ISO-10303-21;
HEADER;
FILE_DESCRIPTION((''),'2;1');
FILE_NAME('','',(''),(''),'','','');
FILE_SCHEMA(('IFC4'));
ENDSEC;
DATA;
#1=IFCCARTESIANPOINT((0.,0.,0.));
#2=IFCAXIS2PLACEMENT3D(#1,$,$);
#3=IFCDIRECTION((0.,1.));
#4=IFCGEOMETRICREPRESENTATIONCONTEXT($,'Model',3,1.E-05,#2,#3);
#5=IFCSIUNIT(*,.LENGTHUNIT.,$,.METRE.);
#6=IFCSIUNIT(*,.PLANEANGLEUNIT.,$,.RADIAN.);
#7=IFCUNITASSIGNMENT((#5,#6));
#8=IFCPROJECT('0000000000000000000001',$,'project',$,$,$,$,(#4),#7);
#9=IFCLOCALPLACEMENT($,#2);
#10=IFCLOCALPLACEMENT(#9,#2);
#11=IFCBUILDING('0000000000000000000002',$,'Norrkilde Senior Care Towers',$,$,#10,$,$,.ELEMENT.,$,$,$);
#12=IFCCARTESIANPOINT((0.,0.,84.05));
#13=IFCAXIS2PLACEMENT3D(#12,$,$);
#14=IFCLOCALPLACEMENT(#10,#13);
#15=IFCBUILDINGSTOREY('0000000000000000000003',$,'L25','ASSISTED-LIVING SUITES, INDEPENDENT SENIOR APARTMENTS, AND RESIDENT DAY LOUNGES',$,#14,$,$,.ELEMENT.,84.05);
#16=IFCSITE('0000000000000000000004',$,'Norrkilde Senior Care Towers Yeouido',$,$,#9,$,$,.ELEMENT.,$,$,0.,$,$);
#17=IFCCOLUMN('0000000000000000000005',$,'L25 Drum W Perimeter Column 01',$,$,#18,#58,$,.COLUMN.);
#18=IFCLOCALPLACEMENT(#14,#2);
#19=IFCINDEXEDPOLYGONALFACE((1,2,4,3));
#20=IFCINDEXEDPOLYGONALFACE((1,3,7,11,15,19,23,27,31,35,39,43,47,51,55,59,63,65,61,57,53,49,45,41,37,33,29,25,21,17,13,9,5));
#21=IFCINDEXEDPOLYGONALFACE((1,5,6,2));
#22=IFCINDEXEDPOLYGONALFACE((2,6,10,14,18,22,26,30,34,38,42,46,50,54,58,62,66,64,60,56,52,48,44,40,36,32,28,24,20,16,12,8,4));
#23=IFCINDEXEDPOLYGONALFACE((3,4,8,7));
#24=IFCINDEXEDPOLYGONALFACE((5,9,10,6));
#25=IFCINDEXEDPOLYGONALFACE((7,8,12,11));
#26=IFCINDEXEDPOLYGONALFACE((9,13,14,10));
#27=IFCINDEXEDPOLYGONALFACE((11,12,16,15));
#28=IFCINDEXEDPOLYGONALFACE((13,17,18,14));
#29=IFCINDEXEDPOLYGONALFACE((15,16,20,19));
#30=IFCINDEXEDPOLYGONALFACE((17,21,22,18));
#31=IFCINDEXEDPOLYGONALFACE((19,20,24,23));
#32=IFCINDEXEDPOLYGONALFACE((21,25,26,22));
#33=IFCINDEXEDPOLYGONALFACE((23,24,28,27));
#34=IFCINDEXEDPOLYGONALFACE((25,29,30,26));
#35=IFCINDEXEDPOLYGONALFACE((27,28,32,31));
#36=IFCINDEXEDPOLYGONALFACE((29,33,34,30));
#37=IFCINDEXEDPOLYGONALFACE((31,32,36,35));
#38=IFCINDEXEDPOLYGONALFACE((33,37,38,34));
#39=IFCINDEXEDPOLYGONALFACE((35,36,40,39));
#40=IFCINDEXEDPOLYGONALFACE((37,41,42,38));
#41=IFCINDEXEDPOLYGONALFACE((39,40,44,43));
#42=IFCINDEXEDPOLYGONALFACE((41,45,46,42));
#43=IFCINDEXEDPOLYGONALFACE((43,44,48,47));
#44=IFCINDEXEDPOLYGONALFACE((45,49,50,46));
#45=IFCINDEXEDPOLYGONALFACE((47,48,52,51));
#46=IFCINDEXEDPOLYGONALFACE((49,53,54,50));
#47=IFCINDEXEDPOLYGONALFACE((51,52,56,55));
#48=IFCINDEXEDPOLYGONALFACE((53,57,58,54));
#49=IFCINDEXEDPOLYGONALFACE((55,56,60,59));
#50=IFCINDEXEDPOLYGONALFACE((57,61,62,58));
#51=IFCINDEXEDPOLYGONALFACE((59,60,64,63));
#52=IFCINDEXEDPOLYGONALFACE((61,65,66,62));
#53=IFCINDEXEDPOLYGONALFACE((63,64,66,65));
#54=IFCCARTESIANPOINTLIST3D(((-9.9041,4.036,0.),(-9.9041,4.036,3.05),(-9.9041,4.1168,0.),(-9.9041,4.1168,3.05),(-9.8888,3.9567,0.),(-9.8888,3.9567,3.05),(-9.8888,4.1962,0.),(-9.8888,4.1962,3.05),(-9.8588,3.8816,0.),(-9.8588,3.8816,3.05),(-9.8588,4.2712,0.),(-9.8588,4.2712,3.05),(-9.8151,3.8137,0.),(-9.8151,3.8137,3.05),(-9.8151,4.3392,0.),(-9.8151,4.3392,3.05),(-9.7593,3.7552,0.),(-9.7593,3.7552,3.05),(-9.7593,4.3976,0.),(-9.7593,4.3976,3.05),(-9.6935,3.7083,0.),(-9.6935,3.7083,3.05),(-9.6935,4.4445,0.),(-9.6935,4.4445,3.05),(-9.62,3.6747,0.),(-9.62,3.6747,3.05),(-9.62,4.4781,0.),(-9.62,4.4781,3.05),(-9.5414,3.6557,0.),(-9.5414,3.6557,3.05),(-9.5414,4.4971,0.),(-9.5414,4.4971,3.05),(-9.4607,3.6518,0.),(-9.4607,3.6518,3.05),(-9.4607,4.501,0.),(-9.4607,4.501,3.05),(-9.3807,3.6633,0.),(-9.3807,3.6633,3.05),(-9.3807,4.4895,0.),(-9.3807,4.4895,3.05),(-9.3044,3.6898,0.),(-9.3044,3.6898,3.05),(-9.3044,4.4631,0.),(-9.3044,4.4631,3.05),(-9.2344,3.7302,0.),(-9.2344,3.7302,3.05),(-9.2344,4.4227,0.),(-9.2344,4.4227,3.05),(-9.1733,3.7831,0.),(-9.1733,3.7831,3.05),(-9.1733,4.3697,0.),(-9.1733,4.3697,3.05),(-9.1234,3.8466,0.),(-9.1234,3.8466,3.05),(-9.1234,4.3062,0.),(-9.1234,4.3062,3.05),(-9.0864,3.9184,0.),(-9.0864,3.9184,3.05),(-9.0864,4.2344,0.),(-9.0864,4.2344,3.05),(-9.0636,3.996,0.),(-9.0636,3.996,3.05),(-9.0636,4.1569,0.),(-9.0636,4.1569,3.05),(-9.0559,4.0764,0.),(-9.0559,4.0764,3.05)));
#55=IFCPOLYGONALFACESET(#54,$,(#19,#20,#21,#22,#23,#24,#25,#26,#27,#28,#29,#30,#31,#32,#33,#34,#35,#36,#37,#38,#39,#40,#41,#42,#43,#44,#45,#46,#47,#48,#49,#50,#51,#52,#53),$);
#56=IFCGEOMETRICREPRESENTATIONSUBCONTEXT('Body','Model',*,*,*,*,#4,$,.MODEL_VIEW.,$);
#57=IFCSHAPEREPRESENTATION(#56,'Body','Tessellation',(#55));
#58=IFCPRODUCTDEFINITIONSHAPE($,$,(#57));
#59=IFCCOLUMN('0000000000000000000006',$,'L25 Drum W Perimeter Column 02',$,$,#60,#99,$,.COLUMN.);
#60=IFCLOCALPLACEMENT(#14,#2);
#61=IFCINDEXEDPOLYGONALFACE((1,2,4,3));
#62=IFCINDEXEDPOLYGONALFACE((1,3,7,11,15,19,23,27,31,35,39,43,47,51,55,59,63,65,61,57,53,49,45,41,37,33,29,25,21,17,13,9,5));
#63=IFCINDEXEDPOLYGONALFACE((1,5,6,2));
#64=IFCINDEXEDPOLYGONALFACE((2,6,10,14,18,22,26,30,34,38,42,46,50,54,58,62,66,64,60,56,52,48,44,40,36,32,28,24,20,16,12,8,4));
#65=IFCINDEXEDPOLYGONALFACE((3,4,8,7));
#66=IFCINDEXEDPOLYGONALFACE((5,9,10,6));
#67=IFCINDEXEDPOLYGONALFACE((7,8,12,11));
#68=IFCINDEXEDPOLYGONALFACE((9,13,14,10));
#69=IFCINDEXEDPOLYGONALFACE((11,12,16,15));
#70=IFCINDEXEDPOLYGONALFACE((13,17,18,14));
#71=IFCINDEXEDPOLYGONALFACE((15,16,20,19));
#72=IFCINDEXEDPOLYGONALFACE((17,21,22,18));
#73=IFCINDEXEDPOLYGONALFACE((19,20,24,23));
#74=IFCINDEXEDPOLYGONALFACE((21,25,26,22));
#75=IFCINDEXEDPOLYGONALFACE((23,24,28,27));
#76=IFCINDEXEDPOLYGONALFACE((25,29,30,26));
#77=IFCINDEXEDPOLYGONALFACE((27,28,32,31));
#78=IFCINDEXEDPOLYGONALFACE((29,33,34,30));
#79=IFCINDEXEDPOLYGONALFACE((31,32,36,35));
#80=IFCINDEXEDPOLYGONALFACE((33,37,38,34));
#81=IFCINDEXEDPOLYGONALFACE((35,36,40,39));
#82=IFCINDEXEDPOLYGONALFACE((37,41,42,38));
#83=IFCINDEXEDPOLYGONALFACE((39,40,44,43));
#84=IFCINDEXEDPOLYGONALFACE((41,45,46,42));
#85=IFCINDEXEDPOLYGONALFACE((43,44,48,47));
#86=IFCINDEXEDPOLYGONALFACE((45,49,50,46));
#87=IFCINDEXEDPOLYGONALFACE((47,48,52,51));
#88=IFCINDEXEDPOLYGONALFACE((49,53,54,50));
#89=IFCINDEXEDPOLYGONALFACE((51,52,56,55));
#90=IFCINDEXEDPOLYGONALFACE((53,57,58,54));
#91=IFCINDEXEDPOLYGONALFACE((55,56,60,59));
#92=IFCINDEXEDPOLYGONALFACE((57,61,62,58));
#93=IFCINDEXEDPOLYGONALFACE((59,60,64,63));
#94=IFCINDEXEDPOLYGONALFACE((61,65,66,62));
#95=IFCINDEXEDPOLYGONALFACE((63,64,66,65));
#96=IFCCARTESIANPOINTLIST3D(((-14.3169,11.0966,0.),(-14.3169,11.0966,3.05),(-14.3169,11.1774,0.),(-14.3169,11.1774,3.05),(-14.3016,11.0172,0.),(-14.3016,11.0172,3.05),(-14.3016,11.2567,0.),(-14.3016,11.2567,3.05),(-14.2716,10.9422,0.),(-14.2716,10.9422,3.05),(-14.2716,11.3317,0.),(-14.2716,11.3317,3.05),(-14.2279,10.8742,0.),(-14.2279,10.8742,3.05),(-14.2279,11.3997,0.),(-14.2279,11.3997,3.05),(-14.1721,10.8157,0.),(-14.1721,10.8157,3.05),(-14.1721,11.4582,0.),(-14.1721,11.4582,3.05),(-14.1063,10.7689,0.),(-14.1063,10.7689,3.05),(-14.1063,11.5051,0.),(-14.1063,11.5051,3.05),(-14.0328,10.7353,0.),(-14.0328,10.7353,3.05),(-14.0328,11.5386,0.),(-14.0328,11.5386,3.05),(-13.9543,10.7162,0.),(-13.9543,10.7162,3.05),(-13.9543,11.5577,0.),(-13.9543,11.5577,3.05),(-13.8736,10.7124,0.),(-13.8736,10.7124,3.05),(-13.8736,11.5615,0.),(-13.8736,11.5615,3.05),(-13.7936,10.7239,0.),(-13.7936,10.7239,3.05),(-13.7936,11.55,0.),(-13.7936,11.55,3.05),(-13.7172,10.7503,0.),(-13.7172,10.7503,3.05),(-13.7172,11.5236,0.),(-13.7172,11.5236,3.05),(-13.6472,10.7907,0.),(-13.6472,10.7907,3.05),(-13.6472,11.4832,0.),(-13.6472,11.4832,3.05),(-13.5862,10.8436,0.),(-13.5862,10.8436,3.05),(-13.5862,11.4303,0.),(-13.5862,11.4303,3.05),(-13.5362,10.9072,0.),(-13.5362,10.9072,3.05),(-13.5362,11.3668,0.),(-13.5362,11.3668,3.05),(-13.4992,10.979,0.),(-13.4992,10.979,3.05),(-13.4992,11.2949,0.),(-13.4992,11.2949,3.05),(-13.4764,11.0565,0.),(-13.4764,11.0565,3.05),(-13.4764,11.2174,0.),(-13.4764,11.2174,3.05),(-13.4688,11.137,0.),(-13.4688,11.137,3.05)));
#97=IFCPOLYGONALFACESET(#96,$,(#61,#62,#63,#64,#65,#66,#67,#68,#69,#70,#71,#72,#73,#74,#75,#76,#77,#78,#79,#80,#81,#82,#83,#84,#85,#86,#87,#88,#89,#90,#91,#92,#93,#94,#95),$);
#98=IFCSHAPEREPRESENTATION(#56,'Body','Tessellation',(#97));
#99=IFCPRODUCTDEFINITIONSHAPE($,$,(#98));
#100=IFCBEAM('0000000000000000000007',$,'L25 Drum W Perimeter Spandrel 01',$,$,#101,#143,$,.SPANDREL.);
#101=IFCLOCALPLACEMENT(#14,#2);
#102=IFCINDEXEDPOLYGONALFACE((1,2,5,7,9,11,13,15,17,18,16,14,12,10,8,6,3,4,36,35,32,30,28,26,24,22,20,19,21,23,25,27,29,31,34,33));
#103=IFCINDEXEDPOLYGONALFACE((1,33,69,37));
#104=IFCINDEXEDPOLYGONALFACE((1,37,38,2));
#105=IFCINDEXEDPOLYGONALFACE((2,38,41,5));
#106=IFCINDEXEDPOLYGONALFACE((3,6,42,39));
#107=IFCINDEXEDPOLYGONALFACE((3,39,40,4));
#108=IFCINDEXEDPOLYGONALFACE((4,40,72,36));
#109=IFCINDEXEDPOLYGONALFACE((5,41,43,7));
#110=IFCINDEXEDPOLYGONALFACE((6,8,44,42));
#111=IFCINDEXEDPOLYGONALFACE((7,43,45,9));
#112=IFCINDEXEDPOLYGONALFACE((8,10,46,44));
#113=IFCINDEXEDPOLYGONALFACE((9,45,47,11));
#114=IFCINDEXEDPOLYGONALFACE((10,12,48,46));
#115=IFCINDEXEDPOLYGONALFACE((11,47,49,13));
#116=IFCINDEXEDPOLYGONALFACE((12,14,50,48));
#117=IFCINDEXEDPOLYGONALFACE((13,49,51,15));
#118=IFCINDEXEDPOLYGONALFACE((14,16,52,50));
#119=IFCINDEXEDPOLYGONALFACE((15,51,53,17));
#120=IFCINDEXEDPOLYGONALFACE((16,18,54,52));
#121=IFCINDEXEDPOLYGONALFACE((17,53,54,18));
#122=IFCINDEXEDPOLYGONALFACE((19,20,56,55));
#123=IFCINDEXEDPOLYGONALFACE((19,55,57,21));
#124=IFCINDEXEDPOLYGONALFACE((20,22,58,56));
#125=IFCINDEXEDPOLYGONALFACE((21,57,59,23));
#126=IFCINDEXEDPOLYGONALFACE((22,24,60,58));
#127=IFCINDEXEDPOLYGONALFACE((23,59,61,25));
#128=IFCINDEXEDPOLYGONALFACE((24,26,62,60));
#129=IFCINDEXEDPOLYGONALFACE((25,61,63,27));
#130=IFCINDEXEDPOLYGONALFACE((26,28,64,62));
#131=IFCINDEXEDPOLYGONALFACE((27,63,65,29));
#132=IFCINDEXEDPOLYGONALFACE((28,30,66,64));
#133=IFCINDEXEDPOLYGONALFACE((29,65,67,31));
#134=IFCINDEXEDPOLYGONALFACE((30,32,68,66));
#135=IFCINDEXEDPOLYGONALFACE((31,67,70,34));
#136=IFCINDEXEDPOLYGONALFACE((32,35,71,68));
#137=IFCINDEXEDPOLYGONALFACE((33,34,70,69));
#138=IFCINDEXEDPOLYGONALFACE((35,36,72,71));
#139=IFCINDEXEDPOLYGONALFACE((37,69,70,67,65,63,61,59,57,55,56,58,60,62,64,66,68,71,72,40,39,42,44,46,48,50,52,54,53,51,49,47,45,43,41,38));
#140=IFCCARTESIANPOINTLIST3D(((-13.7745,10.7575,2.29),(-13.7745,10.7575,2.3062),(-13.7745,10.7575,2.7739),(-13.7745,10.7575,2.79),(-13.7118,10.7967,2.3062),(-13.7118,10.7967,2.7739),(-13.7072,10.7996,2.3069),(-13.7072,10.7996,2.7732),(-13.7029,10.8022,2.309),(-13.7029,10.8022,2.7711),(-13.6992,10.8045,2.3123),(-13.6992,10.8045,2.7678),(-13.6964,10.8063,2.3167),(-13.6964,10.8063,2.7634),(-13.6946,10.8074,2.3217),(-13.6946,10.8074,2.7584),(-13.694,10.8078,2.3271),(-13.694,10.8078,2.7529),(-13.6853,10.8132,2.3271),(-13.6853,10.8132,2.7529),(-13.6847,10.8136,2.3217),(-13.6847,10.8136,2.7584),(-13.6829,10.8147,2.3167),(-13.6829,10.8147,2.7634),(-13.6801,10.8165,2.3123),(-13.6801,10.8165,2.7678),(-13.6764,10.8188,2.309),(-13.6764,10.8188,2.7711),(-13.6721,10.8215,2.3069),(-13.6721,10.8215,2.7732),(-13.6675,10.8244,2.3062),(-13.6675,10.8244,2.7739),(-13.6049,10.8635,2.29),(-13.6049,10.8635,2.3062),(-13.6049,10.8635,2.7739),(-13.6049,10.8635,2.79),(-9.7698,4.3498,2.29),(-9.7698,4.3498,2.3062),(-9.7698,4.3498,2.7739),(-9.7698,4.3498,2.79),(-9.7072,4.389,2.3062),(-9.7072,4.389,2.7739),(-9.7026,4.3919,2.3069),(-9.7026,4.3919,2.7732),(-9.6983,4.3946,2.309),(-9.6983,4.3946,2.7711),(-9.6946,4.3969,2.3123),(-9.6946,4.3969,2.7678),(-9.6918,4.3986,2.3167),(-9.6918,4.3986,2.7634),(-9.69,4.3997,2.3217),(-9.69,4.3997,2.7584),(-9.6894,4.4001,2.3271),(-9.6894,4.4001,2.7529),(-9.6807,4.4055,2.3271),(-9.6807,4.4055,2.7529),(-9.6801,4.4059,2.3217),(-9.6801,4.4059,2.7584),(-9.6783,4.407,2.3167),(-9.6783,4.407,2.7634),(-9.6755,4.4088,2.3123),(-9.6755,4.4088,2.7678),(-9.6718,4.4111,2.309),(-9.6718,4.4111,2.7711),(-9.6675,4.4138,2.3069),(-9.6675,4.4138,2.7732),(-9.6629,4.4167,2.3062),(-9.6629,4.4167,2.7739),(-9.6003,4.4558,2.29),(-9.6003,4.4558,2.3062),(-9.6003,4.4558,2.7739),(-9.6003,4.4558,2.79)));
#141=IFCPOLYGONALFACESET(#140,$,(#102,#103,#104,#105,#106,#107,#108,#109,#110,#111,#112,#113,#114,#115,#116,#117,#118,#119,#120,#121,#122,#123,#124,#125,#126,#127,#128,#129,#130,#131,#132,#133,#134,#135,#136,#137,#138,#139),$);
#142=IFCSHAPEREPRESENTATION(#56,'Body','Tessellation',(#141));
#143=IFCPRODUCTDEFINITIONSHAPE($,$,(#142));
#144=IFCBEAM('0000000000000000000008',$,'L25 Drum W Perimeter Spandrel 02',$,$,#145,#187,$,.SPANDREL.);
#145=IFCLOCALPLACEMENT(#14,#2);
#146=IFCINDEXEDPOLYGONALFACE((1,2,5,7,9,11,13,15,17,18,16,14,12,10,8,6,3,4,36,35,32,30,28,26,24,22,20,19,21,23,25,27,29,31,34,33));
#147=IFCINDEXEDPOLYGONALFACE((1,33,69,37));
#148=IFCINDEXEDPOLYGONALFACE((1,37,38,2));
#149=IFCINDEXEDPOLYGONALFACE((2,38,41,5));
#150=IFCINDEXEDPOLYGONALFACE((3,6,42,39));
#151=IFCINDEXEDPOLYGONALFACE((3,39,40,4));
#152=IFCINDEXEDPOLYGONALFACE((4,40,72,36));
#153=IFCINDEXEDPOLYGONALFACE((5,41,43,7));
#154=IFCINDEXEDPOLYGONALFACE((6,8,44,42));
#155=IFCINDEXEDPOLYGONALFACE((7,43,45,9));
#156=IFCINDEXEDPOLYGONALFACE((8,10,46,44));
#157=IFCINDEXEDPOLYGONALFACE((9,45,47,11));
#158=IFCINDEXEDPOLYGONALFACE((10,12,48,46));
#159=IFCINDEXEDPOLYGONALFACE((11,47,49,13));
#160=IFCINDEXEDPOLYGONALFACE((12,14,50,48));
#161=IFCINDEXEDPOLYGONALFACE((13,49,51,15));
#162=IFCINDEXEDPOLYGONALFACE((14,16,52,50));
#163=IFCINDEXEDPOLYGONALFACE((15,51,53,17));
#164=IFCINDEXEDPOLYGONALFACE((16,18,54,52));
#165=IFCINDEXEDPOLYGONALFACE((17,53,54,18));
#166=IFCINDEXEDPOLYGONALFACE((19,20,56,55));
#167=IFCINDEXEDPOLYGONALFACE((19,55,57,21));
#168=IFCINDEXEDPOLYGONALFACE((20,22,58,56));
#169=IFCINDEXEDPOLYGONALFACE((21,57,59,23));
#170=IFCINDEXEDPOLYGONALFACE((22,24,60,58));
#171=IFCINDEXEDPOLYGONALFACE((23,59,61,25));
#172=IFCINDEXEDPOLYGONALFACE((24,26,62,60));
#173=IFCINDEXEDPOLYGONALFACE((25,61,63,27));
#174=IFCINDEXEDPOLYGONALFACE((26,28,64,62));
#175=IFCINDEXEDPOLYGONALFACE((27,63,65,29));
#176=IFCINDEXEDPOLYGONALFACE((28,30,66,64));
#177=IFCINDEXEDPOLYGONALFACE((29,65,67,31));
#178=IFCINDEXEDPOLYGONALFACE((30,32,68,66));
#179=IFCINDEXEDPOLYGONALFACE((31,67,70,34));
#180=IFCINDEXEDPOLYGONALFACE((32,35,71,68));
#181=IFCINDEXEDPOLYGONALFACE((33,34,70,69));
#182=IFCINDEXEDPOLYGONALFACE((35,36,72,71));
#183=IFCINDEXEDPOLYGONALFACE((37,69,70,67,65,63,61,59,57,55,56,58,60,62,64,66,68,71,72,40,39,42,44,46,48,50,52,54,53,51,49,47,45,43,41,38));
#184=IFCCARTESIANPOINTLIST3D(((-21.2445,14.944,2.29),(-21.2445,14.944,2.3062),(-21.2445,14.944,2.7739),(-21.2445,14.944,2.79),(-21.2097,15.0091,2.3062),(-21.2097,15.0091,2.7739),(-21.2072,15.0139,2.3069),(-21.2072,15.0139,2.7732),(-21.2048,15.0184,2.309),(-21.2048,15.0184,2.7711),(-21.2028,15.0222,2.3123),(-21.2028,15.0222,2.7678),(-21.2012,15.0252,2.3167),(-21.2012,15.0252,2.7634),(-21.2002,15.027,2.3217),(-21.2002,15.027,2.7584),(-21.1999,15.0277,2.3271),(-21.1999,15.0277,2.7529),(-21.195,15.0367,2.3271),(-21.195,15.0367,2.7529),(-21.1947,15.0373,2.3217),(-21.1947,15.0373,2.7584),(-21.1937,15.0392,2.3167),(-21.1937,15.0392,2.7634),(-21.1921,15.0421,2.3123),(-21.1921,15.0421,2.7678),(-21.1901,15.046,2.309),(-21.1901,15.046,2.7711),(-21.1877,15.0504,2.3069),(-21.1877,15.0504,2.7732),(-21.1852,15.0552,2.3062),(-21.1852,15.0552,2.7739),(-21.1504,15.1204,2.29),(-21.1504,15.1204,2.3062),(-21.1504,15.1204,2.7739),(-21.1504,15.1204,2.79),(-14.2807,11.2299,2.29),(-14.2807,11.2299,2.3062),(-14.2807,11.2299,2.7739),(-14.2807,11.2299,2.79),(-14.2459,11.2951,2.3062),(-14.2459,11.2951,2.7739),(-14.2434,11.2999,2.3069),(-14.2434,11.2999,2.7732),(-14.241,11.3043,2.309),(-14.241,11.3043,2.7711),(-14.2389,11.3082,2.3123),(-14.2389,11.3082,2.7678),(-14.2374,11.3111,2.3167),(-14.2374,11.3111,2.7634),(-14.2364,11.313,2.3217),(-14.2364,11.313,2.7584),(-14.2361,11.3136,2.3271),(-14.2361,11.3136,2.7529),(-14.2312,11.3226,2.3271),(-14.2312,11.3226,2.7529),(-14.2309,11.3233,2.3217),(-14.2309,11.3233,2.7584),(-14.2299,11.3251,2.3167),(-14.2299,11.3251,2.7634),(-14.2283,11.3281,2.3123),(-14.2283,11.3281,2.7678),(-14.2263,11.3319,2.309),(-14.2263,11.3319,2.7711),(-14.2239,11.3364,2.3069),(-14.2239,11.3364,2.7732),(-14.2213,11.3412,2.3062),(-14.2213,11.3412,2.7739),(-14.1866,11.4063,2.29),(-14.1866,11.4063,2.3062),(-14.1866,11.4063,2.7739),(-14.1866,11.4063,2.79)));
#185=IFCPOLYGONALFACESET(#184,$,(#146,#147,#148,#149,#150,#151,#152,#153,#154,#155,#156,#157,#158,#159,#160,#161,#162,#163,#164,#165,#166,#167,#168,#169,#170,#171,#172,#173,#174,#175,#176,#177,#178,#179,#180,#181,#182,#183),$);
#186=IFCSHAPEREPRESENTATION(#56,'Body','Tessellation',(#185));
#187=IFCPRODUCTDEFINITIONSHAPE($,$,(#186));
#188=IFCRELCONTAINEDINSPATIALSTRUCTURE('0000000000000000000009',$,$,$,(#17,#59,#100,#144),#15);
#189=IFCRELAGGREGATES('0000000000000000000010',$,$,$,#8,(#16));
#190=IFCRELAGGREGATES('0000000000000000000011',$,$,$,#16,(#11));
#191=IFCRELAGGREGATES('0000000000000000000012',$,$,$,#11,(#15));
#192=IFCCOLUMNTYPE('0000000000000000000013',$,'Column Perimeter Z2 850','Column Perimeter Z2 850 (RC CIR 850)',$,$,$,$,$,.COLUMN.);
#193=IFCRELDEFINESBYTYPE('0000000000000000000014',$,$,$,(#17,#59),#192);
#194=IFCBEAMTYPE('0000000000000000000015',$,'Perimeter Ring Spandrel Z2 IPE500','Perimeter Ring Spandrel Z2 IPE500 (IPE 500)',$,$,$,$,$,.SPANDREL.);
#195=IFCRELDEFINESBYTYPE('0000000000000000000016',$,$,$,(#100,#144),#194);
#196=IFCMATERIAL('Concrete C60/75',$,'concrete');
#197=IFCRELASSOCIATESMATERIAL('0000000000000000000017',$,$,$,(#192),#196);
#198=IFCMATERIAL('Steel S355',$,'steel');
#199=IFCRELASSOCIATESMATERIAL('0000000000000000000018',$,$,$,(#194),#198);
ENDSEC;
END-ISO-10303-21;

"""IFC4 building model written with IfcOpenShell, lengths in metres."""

from ifc_helpers import new_model, si_unit, direction, frame, origin, origin_2d, place, context, subcontext, project, spatial, circle, i_section, extrude, source, transform, mapped, material, material_profile, profile_set, type_object, type_shapes, element, save


model = new_model("IFC4")

# Units and contexts
model_context = context("Model", 3, precision=1e-05, world=origin(), true_north=direction((0.0, 1.0)))
body_context = subcontext(model_context, "Body", "Model", "MODEL_VIEW")
ifc_project = project(units=[si_unit("LENGTHUNIT", "METRE"), si_unit("PLANEANGLEUNIT", "RADIAN")], contexts=[model_context])

# Site, building, storey
site_placement = place(None, origin())
site = spatial("IfcSite", under=ifc_project, at=site_placement, Name="Norrkilde Senior Care Towers Yeouido", CompositionType="ELEMENT", RefElevation=0.0)
building_placement = place(site_placement, origin())
building = spatial("IfcBuilding", under=site, at=building_placement, Name="Norrkilde Senior Care Towers", CompositionType="ELEMENT")
storey_placement = place(building_placement, frame((0.0, 0.0, 84.05)))
storey = spatial("IfcBuildingStorey", under=building, at=storey_placement, Name="L25", Description="ASSISTED-LIVING SUITES, INDEPENDENT SENIOR APARTMENTS, AND RESIDENT DAY LOUNGES", CompositionType="ELEMENT", Elevation=84.05)

# Columns
ifc_material_1 = material(Name="Concrete C60/75", Category="concrete")
ifc_material_profile_1 = material_profile(ifc_material_1, circle(Radius=0.425, at=origin_2d()), Name="RC CIR 850")
ifc_profile_set_1 = profile_set([ifc_material_profile_1], Name="Concrete C60/75")
column_type = type_object("IfcColumnType", Name="Column Perimeter Z2 850", Description="Column Perimeter Z2 850 (RC CIR 850)", PredefinedType="COLUMN", material=ifc_profile_set_1)
shared_shape_1 = source(origin(), body_context, "Body", "SweptSolid", [
    extrude(circle(Radius=0.425, at=origin_2d()), origin(), (0.0, 0.0, 1.0), 3.05),
])
type_shapes(column_type, [shared_shape_1])
for number, where, z_axis, x_axis, name in (
    (1, (-9.481, 4.0764, 0.0), (0.0, 0.0, 1.0), (1.0, 0.0, 0.0), "L25 Drum W Perimeter Column 01"),
    (2, (-13.8938, 11.137, 0.0), (0.0, 0.0, 1.0), (1.0, 0.0, 0.0), "L25 Drum W Perimeter Column 02"),
):
    element("IfcColumn", number, at=place(storey_placement, frame(where, z_axis=z_axis, x_axis=x_axis)), inside=storey, type_object=column_type, Name=name, PredefinedType="COLUMN", context=body_context, shape_type="MappedRepresentation", body=[
        mapped(shared_shape_1, transform((0.0, 0.0, 0.0), x_axis=(1.0, 0.0, 0.0), y_axis=(0.0, 1.0, 0.0), z_axis=(0.0, 0.0, 1.0), scale=1.0)),
    ])

# Beams
ifc_material_2 = material(Name="Steel S355", Category="steel")
ifc_material_profile_2 = material_profile(ifc_material_2, i_section(OverallWidth=0.2, OverallDepth=0.5, WebThickness=0.0103, FlangeThickness=0.0161, FilletRadius=0.021, at=origin_2d()), Name="IPE 500")
ifc_profile_set_2 = profile_set([ifc_material_profile_2], Name="Steel S355")
beam_type_1 = type_object("IfcBeamType", Name="Perimeter Ring Spandrel Z2 IPE500", Description="Perimeter Ring Spandrel Z2 IPE500 (IPE 500)", PredefinedType="SPANDREL", material=ifc_profile_set_2)
shared_shape_2 = source(origin(), body_context, "Body", "SweptSolid", [
    extrude(i_section(OverallWidth=0.2, OverallDepth=0.5, WebThickness=0.0103, FlangeThickness=0.0161, FilletRadius=0.021, at=origin_2d()), origin(), (0.0, 0.0, 1.0), 7.5562),
])
beam_1_placement = place(storey_placement, frame((-9.6851, 4.4028, 2.54), z_axis=(-0.529982, 0.848009, 0.0), x_axis=(-0.848009, -0.529982, 0.0)))
element("IfcBeam", 3, at=beam_1_placement, inside=storey, type_object=beam_type_1, Name="L25 Drum W Perimeter Spandrel 01", PredefinedType="SPANDREL", context=body_context, shape_type="MappedRepresentation", body=[
    mapped(shared_shape_2, transform((0.0, 0.0, 0.0), x_axis=(1.0, 0.0, 0.0), y_axis=(0.0, 1.0, 0.0), z_axis=(0.0, 0.0, 1.0), scale=1.0)),
])
shared_shape_3 = source(origin(), body_context, "Body", "SweptSolid", [
    extrude(i_section(OverallWidth=0.2, OverallDepth=0.5, WebThickness=0.0103, FlangeThickness=0.0161, FilletRadius=0.021, at=origin_2d()), origin(), (0.0, 0.0, 1.0), 7.8923),
])
type_shapes(beam_type_1, [shared_shape_2, shared_shape_3])
beam_2_placement = place(storey_placement, frame((-14.2336, 11.3181, 2.54), z_axis=(-0.88235, 0.470593, 0.0), x_axis=(-0.470593, -0.88235, 0.0)))
element("IfcBeam", 4, at=beam_2_placement, inside=storey, type_object=beam_type_1, Name="L25 Drum W Perimeter Spandrel 02", PredefinedType="SPANDREL", context=body_context, shape_type="MappedRepresentation", body=[
    mapped(shared_shape_3, transform((0.0, 0.0, 0.0), x_axis=(1.0, 0.0, 0.0), y_axis=(0.0, 1.0, 0.0), z_axis=(0.0, 0.0, 1.0), scale=1.0)),
])

save(model, "model.ifc")
